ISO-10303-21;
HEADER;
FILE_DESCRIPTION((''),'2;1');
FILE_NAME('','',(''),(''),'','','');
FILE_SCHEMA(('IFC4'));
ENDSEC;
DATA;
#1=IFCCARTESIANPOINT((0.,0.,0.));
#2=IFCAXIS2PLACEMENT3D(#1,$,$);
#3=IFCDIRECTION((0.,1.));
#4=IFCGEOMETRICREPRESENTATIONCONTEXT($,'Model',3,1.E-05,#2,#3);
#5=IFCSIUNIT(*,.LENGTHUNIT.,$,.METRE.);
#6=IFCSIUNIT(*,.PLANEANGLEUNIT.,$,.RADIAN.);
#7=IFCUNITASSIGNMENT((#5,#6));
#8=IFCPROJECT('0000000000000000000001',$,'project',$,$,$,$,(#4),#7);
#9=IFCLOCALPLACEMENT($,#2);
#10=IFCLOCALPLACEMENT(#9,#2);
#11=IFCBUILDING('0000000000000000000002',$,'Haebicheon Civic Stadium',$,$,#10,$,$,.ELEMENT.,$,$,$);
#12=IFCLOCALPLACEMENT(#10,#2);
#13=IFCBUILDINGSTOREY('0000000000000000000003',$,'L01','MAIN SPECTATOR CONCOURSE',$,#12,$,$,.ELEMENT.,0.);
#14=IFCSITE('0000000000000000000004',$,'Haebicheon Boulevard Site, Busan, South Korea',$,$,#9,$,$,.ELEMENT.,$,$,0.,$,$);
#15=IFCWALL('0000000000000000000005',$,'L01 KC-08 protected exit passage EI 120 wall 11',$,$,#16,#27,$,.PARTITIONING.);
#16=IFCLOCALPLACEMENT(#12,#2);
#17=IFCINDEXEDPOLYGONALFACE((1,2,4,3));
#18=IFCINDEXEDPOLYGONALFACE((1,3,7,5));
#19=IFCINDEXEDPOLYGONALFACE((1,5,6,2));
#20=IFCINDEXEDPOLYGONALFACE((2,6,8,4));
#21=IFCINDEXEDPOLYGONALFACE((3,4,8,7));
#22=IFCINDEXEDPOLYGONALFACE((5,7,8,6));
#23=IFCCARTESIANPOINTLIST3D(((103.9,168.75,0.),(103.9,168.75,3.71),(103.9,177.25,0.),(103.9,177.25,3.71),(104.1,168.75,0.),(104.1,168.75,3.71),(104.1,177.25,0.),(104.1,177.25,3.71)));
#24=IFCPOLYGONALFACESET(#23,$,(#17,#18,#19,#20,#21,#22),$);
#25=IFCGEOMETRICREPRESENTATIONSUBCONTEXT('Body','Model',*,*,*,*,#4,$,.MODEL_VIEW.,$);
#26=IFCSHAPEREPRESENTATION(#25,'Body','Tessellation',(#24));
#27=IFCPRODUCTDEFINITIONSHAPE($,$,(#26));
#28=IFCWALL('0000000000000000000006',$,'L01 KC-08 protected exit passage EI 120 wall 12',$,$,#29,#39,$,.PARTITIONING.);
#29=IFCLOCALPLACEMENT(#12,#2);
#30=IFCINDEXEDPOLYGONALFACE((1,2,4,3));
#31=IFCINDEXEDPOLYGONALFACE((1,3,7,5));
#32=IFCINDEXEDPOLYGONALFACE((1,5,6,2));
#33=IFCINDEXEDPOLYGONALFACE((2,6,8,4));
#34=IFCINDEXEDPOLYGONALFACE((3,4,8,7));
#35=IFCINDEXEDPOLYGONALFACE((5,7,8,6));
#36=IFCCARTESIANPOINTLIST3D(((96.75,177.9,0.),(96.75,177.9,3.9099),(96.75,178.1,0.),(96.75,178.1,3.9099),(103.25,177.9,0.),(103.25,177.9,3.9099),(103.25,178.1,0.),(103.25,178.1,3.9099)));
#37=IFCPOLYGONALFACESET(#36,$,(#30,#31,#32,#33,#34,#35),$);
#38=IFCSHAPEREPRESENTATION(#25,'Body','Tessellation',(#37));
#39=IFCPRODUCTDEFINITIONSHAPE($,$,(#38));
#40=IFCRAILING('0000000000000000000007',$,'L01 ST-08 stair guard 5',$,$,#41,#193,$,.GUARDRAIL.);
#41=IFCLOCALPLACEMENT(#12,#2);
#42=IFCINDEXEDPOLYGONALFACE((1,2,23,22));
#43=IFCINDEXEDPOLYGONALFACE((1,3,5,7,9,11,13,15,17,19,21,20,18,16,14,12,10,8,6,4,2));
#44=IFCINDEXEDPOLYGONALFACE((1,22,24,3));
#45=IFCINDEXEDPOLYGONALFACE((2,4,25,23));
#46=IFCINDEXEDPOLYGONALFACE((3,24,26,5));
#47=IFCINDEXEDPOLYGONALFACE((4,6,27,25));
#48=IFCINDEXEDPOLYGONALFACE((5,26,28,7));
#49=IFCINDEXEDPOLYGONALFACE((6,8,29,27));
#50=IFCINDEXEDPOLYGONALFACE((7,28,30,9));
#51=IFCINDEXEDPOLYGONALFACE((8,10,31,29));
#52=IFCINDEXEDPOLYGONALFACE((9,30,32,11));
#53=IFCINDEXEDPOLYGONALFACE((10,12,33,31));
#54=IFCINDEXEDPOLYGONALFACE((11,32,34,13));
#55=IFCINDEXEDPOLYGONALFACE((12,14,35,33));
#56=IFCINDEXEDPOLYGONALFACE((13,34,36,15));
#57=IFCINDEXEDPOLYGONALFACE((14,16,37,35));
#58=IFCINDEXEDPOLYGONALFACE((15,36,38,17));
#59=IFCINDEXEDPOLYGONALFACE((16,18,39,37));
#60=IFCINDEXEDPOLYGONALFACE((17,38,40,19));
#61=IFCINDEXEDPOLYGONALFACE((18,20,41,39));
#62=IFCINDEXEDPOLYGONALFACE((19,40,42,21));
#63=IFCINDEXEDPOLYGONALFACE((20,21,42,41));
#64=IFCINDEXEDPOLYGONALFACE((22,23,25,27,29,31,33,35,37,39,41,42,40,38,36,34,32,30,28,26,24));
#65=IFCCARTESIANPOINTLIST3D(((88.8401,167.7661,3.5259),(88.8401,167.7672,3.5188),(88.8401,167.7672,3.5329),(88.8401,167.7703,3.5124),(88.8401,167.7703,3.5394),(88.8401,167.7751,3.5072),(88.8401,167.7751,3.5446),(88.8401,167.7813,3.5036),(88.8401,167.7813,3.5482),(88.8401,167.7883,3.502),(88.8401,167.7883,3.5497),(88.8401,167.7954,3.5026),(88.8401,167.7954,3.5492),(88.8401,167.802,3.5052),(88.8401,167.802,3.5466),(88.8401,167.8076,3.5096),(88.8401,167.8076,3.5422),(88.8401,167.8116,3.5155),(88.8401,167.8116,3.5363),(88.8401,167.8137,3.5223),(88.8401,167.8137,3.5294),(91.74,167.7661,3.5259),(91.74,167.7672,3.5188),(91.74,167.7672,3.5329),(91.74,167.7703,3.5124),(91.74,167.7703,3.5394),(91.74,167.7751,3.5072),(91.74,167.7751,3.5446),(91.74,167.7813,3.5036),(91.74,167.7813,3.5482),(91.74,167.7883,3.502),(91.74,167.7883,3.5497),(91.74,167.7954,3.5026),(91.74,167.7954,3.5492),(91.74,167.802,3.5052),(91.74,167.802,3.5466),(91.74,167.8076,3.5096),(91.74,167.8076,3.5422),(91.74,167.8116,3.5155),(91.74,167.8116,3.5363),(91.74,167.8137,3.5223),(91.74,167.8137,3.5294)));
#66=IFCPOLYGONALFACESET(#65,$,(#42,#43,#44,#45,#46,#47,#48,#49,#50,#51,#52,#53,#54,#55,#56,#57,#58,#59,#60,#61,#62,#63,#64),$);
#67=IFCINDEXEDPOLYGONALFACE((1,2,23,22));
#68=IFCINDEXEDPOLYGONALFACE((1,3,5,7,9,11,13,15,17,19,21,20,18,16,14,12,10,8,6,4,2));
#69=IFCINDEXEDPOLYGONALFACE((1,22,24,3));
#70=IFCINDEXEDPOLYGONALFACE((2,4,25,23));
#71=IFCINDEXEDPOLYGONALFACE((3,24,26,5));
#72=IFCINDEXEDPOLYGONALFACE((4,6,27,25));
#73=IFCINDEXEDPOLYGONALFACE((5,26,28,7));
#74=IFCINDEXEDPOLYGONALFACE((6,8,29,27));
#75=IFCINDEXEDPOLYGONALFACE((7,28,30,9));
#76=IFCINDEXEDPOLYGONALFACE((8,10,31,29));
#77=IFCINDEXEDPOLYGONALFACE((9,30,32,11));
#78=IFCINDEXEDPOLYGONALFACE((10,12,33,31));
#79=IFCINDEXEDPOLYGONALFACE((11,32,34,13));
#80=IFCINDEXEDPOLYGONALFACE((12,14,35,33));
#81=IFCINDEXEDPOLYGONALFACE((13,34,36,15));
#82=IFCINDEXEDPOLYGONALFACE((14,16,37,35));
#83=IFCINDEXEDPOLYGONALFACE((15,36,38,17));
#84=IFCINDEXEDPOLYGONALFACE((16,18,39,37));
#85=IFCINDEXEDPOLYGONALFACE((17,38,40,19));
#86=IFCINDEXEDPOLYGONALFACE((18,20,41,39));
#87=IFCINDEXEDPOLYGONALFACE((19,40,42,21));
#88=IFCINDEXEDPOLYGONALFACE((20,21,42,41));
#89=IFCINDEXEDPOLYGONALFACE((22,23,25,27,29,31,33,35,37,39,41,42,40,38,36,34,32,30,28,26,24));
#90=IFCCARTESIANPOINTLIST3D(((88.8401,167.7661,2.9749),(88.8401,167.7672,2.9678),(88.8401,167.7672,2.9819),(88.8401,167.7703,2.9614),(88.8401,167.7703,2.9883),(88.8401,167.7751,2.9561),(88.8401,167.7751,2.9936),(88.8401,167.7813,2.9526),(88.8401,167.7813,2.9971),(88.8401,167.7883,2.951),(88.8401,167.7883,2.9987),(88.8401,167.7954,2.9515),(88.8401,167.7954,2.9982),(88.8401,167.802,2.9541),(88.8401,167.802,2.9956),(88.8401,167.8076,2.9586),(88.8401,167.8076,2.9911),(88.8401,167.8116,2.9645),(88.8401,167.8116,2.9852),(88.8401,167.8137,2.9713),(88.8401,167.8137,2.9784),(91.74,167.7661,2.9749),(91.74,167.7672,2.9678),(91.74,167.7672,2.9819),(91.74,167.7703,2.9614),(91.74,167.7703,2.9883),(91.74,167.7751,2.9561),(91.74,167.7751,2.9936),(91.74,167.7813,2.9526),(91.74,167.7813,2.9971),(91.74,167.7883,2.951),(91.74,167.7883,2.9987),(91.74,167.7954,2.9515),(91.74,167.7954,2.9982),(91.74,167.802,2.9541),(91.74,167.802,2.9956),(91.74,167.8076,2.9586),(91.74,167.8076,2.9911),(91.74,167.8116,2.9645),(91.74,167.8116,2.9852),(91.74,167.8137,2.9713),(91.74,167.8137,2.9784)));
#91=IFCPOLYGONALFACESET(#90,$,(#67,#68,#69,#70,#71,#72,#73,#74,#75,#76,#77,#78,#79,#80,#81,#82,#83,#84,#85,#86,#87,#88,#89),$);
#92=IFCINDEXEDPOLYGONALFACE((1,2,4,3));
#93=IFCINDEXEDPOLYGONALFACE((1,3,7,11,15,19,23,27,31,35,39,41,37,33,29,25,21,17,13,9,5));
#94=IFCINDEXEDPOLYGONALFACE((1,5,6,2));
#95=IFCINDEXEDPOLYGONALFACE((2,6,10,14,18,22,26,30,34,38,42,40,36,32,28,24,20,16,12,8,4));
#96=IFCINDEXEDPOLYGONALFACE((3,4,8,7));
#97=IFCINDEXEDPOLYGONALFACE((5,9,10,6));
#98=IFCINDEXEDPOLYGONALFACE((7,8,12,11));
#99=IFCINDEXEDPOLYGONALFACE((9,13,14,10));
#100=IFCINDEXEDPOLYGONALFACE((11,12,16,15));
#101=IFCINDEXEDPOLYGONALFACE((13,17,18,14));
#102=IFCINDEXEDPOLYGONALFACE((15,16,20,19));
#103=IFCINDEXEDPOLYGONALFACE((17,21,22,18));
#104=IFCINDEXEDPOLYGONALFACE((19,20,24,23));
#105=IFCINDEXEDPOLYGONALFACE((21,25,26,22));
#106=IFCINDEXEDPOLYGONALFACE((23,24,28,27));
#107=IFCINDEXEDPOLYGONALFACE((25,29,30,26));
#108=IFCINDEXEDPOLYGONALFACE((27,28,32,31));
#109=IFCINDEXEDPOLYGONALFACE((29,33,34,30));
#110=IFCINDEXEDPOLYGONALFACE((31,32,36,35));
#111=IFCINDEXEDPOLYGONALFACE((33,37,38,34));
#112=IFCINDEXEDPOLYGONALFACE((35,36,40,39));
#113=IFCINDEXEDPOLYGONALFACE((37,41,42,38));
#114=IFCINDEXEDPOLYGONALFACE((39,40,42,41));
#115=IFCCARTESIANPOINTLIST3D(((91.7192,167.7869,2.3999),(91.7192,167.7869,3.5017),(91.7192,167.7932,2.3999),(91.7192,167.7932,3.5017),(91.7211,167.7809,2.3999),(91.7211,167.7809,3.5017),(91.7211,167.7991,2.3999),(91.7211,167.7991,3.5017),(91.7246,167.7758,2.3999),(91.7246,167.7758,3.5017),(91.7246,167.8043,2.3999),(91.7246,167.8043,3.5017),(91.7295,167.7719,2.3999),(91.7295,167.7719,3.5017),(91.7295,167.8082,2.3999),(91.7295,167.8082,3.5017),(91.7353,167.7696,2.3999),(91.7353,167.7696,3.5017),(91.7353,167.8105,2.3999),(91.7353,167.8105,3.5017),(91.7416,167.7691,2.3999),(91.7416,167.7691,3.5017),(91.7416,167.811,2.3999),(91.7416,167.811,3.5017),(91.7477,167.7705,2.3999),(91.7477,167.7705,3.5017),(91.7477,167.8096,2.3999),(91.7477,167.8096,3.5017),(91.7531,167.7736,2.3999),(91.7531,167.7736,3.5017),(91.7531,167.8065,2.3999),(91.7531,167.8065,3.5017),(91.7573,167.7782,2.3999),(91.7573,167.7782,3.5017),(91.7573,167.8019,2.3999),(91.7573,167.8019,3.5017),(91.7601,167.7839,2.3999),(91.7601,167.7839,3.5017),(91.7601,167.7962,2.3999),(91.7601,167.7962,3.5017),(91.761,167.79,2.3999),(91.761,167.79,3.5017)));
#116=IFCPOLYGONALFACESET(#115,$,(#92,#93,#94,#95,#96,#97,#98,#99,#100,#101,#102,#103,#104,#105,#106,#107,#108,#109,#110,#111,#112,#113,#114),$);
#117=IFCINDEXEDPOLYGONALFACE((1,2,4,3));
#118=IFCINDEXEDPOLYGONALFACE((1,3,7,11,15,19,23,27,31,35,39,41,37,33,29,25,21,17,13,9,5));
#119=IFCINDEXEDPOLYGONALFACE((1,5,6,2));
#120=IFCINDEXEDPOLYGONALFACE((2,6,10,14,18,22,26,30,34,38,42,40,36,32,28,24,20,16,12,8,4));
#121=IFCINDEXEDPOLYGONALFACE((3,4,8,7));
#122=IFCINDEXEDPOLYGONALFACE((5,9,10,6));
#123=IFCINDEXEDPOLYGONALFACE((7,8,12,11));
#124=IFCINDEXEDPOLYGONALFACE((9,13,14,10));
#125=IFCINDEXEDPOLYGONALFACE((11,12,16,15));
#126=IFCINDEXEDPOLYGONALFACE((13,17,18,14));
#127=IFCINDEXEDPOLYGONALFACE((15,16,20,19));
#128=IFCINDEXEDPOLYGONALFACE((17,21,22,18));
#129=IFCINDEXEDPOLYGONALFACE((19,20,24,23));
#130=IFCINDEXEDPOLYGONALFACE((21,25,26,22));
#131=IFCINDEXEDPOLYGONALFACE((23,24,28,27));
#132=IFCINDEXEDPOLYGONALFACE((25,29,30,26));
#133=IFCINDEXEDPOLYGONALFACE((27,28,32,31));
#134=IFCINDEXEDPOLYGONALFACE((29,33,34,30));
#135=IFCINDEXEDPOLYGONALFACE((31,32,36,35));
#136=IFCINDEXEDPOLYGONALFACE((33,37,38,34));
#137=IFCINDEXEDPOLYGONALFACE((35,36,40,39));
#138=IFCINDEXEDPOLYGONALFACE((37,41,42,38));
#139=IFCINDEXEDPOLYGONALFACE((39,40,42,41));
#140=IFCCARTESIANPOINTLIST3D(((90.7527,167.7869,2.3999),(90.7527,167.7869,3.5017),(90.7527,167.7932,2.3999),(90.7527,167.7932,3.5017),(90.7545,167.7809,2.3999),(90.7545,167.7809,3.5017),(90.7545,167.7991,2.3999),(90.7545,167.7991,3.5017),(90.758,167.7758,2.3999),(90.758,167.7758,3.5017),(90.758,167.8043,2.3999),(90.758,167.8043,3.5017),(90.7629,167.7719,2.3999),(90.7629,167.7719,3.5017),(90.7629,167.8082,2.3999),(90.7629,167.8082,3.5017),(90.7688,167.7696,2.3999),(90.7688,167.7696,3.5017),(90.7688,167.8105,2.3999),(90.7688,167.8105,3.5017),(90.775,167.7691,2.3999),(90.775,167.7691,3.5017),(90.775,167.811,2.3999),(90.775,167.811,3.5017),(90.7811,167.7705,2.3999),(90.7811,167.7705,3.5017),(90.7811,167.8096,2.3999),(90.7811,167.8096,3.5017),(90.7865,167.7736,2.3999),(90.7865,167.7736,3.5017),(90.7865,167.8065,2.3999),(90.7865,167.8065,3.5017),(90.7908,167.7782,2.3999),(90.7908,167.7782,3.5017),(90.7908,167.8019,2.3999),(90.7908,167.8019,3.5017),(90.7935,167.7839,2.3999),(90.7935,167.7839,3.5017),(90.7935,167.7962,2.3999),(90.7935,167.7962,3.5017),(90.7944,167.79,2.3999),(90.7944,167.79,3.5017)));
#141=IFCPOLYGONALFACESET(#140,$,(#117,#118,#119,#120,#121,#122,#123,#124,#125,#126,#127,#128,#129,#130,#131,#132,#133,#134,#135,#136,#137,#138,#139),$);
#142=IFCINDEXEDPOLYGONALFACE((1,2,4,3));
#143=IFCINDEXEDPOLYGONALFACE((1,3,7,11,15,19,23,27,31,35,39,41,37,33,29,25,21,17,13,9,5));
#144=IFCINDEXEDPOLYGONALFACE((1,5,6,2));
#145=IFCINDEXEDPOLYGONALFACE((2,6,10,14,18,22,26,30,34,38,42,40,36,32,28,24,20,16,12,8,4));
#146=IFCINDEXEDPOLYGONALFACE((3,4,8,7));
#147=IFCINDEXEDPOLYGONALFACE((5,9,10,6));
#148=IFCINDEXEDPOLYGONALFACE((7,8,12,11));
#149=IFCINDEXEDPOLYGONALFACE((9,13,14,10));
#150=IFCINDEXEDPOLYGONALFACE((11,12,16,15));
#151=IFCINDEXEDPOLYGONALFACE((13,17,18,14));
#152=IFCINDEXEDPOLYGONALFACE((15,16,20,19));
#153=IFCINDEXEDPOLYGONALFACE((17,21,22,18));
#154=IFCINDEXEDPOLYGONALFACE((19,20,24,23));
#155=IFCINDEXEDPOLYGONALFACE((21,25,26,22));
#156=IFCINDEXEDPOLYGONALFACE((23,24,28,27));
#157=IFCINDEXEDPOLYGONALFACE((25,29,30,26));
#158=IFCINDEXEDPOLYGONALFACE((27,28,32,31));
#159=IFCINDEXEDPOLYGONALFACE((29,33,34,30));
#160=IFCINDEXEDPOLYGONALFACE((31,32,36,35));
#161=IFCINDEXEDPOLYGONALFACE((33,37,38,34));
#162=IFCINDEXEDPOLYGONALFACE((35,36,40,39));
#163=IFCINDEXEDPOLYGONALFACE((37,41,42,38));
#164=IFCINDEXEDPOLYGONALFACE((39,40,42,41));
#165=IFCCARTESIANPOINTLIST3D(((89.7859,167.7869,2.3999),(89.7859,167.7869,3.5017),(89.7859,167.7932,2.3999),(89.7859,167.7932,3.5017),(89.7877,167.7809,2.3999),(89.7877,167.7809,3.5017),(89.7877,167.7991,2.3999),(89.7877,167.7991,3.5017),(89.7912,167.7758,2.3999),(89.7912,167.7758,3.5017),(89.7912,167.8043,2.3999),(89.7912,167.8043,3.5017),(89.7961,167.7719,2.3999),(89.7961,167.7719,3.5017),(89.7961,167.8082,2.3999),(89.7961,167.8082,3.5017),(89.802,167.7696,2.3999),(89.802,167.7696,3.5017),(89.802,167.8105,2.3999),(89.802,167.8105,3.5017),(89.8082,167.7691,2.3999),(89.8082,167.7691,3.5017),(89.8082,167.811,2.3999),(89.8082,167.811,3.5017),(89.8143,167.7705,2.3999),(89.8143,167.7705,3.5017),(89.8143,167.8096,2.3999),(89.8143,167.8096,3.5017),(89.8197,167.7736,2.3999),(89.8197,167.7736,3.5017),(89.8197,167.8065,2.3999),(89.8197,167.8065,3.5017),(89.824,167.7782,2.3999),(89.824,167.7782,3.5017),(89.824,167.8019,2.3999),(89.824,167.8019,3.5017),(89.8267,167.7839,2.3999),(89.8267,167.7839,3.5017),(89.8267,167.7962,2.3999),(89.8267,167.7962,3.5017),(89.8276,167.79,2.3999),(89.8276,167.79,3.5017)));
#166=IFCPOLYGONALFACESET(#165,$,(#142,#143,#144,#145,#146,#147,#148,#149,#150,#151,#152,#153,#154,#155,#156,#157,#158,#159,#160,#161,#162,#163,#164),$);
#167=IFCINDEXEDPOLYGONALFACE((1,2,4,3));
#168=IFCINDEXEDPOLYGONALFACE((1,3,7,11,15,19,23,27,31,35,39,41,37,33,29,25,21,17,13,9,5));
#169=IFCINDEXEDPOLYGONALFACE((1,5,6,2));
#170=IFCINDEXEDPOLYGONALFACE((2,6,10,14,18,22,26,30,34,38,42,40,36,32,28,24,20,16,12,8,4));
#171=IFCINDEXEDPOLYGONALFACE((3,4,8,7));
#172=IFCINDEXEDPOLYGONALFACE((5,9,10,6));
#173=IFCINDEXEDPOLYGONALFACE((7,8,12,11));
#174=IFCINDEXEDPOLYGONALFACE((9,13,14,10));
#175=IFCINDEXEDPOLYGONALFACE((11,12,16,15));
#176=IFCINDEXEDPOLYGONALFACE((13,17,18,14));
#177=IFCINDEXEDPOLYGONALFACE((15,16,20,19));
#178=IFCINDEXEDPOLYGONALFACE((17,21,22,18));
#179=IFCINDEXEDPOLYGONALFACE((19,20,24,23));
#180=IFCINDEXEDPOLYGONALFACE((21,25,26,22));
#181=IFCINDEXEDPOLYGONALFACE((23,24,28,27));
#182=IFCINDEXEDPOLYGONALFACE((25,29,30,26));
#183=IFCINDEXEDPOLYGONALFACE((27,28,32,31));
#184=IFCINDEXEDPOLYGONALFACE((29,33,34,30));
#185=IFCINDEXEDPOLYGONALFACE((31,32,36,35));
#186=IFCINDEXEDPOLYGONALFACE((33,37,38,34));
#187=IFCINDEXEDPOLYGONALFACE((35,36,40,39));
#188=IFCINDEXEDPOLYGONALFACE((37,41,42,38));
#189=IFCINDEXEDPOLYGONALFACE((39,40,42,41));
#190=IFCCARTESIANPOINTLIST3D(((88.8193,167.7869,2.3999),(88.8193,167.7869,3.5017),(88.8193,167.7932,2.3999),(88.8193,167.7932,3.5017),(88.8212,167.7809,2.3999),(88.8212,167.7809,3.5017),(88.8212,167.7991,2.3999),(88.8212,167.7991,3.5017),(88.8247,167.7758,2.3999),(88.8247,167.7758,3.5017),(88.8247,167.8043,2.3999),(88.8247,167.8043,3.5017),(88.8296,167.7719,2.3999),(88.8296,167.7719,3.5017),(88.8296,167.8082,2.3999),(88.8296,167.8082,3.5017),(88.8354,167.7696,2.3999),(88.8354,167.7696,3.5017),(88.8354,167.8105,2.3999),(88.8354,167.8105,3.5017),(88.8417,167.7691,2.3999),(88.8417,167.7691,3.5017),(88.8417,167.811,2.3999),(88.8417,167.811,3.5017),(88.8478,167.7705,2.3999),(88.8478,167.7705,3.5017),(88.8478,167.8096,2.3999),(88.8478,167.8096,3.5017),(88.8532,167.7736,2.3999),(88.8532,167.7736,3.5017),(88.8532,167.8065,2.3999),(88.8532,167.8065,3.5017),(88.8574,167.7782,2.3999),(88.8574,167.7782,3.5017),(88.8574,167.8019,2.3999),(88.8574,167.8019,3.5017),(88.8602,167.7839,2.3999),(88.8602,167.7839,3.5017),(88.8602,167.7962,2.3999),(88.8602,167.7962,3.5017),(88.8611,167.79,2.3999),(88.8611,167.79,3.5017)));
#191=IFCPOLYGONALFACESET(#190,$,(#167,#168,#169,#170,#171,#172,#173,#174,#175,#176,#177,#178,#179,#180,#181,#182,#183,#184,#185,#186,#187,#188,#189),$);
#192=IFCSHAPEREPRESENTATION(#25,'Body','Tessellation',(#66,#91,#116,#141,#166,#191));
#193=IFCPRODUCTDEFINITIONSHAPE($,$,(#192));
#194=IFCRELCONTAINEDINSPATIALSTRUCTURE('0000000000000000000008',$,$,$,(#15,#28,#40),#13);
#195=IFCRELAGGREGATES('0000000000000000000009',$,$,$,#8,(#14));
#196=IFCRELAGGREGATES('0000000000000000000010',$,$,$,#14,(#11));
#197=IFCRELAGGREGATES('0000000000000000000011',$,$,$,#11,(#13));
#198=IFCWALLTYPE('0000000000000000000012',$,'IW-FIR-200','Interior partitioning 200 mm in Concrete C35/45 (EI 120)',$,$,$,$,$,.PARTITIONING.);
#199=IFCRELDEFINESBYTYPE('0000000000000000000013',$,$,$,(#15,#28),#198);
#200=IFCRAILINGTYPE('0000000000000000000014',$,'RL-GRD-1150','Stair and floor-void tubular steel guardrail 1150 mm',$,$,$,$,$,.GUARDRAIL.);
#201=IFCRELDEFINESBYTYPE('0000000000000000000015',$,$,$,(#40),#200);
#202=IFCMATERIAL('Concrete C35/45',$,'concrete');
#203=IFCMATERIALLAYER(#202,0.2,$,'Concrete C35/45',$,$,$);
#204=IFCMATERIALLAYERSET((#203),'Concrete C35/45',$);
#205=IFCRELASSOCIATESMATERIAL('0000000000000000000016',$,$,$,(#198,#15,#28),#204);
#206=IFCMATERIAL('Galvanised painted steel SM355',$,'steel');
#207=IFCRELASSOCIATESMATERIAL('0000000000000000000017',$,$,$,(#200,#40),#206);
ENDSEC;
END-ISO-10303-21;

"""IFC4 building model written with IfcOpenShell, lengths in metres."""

from ifc_helpers import new_model, si_unit, direction, frame, frame_2d, origin, origin_2d, place, context, subcontext, project, spatial, rectangle, circle, extrude, material, layer, layer_set, type_object, element, save


model = new_model("IFC4")

# Units and contexts
model_context = context("Model", 3, precision=1e-05, world=origin(), true_north=direction((0.0, 1.0)))
body_context = subcontext(model_context, "Body", "Model", "MODEL_VIEW")
ifc_project = project(units=[si_unit("LENGTHUNIT", "METRE"), si_unit("PLANEANGLEUNIT", "RADIAN")], contexts=[model_context])

# Site, building, storey
site_placement = place(None, origin())
site = spatial("IfcSite", under=ifc_project, at=site_placement, Name="Haebicheon Boulevard Site, Busan, South Korea", CompositionType="ELEMENT", RefElevation=0.0)
building_placement = place(site_placement, origin())
building = spatial("IfcBuilding", under=site, at=building_placement, Name="Haebicheon Civic Stadium", CompositionType="ELEMENT")
storey_placement = place(building_placement, origin())
storey = spatial("IfcBuildingStorey", under=building, at=storey_placement, Name="L01", Description="MAIN SPECTATOR CONCOURSE", CompositionType="ELEMENT", Elevation=0.0)

# Walls
ifc_material_1 = material(Name="Concrete C35/45", Category="concrete")
ifc_layer_1 = layer(ifc_material_1, 0.2, Name="Concrete C35/45")
ifc_layer_set_1 = layer_set([ifc_layer_1], Name="Concrete C35/45")
wall_type_1 = type_object("IfcWallType", Name="IW-FIR-200", Description="Interior partitioning 200 mm in Concrete C35/45 (EI 120)", PredefinedType="PARTITIONING", material=ifc_layer_set_1)
wall_1_placement = place(storey_placement, frame((104.0, 168.75, 0.0), z_axis=(0.0, 0.0, 1.0), x_axis=(0.0, 1.0, 0.0)))
element("IfcWall", 1, at=wall_1_placement, inside=storey, type_object=wall_type_1, material=ifc_layer_set_1, Name="L01 KC-08 protected exit passage EI 120 wall 11", PredefinedType="PARTITIONING", context=body_context, shape_type="SweptSolid", body=[
    extrude(rectangle(XDim=8.5, YDim=0.2, at=frame_2d((4.25, 0.0))), origin(), (0.0, 0.0, 1.0), 3.71),
])
wall_2_placement = place(storey_placement, frame((96.75, 178.0, 0.0), z_axis=(0.0, 0.0, 1.0), x_axis=(1.0, 0.0, 0.0)))
element("IfcWall", 2, at=wall_2_placement, inside=storey, type_object=wall_type_1, material=ifc_layer_set_1, Name="L01 KC-08 protected exit passage EI 120 wall 12", PredefinedType="PARTITIONING", context=body_context, shape_type="SweptSolid", body=[
    extrude(rectangle(XDim=6.5, YDim=0.2, at=frame_2d((3.25, 0.0))), origin(), (0.0, 0.0, 1.0), 3.9099),
])

# Railing
ifc_material_2 = material(Name="Galvanised painted steel SM355", Category="steel")
railing_type = type_object("IfcRailingType", Name="RL-GRD-1150", Description="Stair and floor-void tubular steel guardrail 1150 mm", PredefinedType="GUARDRAIL", material=ifc_material_2)
railing_1_placement = place(storey_placement, frame((91.74, 167.79, 2.3999)))
element("IfcRailing", 3, at=railing_1_placement, inside=storey, type_object=railing_type, material=ifc_material_2, Name="L01 ST-08 stair guard 5", PredefinedType="GUARDRAIL", context=body_context, shape_type="SweptSolid", body=[
    extrude(circle(Radius=0.0239, at=origin_2d()), frame((0.0, 0.0, 1.126), z_axis=(-1.0, 0.0, 0.0), x_axis=(0.0, -1.0, 0.0)), (0.0, 0.0, 1.0), 2.8999),
    extrude(circle(Radius=0.0239, at=origin_2d()), frame((0.0, 0.0, 0.575), z_axis=(-1.0, 0.0, 0.0), x_axis=(0.0, -1.0, 0.0)), (0.0, 0.0, 1.0), 2.8999),
    extrude(circle(Radius=0.021, at=origin_2d()), origin(), (0.0, 0.0, 1.0), 1.1018),
    extrude(circle(Radius=0.021, at=origin_2d()), frame((-0.9666, 0.0, 0.0)), (0.0, 0.0, 1.0), 1.1018),
    extrude(circle(Radius=0.021, at=origin_2d()), frame((-1.9333, 0.0, 0.0)), (0.0, 0.0, 1.0), 1.1018),
    extrude(circle(Radius=0.021, at=origin_2d()), frame((-2.8999, 0.0, 0.0)), (0.0, 0.0, 1.0), 1.1018),
])

save(model, "model.ifc")
